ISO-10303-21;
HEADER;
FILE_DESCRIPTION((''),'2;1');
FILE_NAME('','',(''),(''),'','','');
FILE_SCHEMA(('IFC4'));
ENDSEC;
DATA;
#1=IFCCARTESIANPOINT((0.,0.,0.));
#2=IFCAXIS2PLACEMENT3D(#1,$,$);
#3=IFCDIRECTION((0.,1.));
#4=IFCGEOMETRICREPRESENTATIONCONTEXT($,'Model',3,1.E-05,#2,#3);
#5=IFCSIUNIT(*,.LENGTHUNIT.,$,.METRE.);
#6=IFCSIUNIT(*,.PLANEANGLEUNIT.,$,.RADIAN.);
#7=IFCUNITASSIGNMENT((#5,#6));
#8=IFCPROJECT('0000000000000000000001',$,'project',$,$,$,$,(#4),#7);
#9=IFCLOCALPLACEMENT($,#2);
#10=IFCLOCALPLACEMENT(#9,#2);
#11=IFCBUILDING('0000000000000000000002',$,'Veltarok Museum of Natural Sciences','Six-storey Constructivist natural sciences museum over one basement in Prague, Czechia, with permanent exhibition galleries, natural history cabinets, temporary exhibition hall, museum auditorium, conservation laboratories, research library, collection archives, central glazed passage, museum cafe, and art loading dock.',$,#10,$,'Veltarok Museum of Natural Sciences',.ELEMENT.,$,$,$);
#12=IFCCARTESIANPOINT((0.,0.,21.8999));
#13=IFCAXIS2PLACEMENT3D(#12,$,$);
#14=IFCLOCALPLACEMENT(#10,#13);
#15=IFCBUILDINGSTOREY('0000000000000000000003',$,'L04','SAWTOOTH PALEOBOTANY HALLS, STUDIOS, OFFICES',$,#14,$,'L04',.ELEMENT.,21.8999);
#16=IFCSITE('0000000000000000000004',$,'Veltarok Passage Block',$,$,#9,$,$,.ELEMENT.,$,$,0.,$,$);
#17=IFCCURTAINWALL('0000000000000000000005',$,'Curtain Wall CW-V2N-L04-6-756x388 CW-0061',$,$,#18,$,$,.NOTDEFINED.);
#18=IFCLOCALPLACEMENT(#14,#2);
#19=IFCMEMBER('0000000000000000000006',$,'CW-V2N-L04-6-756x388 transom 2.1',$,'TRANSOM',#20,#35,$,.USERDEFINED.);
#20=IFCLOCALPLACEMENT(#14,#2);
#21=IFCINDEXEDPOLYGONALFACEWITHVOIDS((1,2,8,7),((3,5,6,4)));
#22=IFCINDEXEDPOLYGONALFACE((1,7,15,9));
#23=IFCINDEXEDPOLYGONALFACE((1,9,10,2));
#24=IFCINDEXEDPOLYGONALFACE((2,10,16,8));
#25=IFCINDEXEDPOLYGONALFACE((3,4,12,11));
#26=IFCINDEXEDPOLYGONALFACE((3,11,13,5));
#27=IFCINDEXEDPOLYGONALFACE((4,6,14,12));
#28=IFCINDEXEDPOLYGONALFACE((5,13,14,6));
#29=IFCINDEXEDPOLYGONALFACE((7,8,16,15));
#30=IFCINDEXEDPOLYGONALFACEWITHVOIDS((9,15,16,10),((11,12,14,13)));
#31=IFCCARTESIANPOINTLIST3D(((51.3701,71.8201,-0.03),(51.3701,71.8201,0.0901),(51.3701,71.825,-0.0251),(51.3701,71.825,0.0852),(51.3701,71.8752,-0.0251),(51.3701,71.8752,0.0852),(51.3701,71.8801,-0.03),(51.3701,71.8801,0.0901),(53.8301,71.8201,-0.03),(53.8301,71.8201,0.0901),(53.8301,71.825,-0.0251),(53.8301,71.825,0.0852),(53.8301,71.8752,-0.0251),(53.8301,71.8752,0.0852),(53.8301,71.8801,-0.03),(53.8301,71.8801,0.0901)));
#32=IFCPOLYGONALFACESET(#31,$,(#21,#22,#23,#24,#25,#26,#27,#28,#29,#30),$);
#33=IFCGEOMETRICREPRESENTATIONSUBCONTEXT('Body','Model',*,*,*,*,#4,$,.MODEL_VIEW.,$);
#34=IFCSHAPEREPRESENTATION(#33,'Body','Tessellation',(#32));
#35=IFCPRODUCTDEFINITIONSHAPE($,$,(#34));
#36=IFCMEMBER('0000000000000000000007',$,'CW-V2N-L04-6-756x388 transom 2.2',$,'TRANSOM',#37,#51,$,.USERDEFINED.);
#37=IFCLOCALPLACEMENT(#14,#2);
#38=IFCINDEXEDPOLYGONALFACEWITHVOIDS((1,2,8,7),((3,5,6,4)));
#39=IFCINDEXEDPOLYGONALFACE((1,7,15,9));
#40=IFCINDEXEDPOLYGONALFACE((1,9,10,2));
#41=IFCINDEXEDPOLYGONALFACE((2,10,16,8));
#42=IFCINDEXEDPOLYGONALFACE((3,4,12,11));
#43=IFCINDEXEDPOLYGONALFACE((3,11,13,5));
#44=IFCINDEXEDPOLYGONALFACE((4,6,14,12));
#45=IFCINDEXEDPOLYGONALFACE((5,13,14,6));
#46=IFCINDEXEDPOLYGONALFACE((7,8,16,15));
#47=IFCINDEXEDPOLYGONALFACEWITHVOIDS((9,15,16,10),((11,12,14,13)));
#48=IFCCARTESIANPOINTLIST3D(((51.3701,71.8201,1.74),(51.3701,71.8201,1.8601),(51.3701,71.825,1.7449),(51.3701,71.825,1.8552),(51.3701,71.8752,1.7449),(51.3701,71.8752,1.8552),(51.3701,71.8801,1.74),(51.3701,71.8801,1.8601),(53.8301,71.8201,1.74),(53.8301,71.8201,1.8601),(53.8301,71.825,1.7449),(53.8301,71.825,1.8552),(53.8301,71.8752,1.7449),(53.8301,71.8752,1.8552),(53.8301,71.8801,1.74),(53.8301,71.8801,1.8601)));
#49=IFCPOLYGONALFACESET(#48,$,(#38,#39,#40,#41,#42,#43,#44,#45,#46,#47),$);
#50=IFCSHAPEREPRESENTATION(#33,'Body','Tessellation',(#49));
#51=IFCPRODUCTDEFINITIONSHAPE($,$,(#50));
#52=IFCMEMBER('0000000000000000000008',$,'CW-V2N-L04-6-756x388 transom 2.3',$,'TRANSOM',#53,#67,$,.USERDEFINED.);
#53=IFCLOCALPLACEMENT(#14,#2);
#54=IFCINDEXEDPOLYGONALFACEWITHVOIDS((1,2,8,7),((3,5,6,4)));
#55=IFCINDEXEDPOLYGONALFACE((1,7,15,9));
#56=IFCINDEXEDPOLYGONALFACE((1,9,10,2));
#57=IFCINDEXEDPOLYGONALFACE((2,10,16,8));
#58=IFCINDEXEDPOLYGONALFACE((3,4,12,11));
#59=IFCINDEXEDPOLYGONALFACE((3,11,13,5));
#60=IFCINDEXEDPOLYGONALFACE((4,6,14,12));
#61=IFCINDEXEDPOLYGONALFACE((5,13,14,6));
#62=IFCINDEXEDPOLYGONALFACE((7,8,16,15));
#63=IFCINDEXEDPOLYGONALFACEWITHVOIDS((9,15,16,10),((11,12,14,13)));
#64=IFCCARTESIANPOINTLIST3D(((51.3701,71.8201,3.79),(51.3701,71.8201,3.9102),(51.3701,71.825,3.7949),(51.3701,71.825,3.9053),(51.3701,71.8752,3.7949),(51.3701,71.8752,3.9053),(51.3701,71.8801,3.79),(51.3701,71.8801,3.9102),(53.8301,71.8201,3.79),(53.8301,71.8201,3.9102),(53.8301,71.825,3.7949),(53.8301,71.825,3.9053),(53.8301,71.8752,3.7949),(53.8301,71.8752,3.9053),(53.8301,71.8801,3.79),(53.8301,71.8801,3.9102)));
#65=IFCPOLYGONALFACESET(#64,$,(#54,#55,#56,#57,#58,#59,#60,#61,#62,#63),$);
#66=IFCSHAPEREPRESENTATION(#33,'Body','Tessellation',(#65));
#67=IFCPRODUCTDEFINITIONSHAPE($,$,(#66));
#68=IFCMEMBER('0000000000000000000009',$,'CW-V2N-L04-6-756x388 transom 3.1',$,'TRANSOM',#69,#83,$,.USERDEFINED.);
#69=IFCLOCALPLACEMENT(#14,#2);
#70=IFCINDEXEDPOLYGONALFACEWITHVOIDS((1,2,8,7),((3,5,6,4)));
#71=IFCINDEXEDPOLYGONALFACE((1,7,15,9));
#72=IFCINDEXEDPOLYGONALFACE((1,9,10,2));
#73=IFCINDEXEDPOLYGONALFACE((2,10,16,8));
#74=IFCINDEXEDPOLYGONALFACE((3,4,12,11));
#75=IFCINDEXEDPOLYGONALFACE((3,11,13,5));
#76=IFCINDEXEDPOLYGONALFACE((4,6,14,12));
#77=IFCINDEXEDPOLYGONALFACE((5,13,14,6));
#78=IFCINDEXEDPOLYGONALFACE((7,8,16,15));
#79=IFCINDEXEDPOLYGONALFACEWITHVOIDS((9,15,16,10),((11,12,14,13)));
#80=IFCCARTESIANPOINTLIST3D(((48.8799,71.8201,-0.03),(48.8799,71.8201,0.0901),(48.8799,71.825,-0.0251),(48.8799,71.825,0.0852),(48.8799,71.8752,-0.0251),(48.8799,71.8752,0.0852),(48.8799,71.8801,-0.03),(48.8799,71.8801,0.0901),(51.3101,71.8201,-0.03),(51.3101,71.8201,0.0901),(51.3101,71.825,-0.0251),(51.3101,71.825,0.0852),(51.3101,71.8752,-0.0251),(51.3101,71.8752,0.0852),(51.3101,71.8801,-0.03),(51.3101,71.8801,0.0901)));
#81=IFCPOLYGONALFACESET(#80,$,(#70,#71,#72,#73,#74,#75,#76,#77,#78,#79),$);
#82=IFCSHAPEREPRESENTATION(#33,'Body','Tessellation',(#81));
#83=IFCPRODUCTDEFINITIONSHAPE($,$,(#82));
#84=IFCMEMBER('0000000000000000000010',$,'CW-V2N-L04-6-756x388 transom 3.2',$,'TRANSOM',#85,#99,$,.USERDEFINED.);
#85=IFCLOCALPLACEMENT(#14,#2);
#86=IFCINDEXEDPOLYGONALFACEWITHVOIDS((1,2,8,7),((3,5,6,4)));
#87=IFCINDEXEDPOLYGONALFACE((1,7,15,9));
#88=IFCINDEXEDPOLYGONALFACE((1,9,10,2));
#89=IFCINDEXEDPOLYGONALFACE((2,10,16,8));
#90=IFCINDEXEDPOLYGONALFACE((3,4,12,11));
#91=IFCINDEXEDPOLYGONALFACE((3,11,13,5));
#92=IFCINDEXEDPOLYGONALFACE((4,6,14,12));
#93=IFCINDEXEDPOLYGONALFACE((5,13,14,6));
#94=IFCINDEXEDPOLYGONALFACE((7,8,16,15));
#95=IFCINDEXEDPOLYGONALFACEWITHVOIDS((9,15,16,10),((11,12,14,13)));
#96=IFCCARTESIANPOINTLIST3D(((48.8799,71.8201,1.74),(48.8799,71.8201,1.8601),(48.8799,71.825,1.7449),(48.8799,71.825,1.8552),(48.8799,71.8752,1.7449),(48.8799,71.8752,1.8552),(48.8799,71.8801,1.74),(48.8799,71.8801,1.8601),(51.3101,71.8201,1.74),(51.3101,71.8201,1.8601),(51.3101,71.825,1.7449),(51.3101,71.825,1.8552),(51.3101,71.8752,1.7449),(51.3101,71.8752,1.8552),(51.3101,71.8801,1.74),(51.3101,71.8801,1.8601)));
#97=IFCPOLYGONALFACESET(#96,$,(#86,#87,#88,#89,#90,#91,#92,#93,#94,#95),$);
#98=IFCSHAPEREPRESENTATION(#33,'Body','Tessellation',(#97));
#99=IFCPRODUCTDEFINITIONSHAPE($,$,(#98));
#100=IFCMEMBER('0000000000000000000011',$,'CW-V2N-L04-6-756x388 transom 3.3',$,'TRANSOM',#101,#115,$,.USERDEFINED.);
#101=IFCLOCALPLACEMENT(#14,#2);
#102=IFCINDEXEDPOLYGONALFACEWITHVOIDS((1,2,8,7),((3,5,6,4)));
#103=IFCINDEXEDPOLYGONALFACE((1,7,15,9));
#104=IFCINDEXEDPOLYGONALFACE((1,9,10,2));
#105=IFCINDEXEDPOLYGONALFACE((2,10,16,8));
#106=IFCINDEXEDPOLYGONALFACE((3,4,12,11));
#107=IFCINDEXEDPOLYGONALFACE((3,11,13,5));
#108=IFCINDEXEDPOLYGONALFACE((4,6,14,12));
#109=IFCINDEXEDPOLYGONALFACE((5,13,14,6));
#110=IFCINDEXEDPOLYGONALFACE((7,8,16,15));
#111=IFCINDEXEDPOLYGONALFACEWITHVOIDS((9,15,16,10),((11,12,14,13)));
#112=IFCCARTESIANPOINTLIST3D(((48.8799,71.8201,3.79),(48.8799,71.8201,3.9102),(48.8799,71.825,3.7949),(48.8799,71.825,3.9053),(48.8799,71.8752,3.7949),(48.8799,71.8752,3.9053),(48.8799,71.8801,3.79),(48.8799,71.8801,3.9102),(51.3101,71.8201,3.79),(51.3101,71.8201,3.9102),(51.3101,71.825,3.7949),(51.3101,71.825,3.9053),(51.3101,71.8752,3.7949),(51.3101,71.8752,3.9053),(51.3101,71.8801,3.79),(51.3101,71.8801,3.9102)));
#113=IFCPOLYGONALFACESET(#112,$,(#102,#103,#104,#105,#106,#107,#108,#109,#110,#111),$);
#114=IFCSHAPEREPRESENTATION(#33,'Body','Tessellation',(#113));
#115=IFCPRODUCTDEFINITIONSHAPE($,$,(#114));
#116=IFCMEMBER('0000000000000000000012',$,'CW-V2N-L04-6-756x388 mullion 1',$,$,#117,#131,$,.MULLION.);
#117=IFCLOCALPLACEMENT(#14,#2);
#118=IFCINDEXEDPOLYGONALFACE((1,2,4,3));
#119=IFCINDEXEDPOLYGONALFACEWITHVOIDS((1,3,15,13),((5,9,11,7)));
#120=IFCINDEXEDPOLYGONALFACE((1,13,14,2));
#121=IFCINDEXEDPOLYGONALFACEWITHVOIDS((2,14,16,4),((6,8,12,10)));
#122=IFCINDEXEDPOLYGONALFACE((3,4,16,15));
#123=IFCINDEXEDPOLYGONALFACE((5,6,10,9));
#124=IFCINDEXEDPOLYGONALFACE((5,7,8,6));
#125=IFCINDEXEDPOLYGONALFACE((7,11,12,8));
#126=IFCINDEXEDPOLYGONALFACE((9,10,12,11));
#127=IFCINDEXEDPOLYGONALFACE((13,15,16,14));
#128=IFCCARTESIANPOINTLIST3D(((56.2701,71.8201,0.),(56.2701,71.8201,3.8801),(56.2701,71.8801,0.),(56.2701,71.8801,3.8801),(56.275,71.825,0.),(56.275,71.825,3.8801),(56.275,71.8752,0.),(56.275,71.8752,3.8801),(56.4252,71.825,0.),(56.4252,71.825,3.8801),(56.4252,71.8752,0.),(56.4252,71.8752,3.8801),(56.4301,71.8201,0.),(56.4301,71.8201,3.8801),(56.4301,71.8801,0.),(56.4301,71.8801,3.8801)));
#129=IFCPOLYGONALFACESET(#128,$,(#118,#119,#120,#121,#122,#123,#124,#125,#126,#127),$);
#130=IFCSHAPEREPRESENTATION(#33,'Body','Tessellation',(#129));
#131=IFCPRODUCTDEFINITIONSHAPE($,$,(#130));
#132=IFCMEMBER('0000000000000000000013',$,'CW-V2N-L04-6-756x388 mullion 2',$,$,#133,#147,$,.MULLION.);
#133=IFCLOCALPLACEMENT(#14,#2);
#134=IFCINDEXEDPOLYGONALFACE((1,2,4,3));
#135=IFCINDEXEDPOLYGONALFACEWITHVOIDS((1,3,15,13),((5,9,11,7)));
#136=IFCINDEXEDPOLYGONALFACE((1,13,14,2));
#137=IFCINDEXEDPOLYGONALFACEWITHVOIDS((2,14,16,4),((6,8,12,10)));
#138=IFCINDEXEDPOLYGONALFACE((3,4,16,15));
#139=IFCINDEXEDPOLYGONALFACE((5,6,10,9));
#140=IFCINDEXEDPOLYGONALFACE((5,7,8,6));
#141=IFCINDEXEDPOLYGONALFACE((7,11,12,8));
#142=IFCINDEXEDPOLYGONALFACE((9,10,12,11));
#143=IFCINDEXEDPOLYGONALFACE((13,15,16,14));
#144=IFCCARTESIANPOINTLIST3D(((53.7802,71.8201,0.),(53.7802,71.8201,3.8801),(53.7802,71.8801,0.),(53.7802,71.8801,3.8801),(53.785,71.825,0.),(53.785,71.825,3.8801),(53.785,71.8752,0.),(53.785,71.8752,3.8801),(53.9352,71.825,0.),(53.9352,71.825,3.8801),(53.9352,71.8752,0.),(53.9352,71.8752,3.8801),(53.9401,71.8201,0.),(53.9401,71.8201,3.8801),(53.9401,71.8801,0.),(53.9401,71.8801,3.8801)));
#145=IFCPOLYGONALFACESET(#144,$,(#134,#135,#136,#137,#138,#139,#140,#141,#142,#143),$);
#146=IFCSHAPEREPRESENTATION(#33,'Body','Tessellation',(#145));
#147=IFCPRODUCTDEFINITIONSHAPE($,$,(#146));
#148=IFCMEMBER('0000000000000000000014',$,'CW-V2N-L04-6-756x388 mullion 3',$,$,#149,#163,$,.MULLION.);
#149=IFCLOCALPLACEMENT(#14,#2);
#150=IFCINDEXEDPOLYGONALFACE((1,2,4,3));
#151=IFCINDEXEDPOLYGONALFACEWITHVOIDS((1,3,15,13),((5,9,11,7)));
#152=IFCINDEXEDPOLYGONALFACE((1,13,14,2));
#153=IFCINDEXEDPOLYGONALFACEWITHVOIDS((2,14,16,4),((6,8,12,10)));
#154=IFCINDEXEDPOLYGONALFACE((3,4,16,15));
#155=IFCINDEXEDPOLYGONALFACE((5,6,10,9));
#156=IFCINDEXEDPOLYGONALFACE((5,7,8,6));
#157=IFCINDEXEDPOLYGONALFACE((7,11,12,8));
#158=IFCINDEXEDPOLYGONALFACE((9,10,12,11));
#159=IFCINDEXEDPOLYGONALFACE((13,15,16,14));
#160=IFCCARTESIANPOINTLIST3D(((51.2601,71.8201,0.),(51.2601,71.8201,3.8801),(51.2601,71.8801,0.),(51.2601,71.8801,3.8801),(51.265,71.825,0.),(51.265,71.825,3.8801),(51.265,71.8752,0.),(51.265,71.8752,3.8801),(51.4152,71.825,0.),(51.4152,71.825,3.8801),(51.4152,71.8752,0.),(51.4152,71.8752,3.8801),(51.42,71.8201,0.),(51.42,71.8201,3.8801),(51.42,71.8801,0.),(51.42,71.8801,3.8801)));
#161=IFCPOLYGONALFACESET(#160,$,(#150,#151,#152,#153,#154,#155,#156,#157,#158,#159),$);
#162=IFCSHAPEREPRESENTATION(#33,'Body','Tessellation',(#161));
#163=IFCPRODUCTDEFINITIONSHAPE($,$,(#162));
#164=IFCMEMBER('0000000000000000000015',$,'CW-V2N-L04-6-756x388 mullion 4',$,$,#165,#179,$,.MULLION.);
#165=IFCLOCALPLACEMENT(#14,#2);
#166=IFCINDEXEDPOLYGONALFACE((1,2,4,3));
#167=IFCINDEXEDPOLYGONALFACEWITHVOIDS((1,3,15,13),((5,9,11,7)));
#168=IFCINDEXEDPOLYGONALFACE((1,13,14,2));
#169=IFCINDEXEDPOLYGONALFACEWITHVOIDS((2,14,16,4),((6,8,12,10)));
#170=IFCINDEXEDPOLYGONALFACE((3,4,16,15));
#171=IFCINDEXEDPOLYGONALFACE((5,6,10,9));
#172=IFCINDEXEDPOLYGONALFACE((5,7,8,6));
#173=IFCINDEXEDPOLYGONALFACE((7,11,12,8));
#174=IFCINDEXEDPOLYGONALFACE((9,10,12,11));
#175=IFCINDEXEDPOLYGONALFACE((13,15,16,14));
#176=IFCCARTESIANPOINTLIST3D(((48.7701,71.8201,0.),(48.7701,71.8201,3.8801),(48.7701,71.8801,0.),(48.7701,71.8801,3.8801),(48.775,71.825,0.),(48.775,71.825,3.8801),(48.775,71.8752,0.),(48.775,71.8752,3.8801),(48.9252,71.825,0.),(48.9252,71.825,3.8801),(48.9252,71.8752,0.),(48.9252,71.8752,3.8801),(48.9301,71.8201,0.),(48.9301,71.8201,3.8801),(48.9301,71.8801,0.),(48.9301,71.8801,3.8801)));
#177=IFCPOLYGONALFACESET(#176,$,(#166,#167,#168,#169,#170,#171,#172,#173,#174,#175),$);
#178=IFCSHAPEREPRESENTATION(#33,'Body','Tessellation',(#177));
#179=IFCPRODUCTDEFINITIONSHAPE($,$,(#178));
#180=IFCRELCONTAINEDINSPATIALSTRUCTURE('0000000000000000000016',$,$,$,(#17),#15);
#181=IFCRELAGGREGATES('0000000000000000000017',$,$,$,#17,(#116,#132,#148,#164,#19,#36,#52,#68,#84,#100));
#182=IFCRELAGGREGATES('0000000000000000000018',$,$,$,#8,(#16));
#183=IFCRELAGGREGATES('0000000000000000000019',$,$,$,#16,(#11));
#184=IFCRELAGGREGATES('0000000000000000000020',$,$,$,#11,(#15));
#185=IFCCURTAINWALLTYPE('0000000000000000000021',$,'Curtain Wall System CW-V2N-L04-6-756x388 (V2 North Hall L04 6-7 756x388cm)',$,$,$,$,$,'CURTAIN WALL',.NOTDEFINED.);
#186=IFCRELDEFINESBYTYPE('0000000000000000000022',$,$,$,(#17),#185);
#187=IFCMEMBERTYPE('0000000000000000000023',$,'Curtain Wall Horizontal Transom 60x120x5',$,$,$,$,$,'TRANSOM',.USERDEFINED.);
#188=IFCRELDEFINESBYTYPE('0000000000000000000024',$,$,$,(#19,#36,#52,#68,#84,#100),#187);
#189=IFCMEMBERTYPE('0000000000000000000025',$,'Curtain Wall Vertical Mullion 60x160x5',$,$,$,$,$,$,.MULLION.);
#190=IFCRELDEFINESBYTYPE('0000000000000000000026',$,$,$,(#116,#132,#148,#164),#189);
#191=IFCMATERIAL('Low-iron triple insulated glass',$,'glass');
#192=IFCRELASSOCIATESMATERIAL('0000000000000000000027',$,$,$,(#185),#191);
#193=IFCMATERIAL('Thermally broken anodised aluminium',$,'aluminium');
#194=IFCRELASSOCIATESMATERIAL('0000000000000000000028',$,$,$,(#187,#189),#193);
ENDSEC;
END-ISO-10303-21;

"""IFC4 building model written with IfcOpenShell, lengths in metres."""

from ifc_helpers import new_model, si_unit, direction, frame, origin, origin_2d, place, context, subcontext, project, spatial, hollow_rectangle, extrude, material, material_profile, profile_set, type_object, element, aggregate, save


model = new_model("IFC4")

# Units and contexts
model_context = context("Model", 3, precision=1e-05, world=origin(), true_north=direction((0.0, 1.0)))
body_context = subcontext(model_context, "Body", "Model", "MODEL_VIEW")
ifc_project = project(units=[si_unit("LENGTHUNIT", "METRE"), si_unit("PLANEANGLEUNIT", "RADIAN")], contexts=[model_context])

# Site, building, storey
site_placement = place(None, origin())
site = spatial("IfcSite", under=ifc_project, at=site_placement, Name="Veltarok Passage Block", CompositionType="ELEMENT", RefElevation=0.0)
building_placement = place(site_placement, origin())
building = spatial("IfcBuilding", under=site, at=building_placement, Name="Veltarok Museum of Natural Sciences", Description="Six-storey Constructivist natural sciences museum over one basement in Prague, Czechia, with permanent exhibition galleries, natural history cabinets, temporary exhibition hall, museum auditorium, conservation laboratories, research library, collection archives, central glazed passage, museum cafe, and art loading dock.", LongName="Veltarok Museum of Natural Sciences", CompositionType="ELEMENT")
storey_placement = place(building_placement, frame((0.0, 0.0, 21.8999)))
storey = spatial("IfcBuildingStorey", under=building, at=storey_placement, Name="L04", Description="SAWTOOTH PALEOBOTANY HALLS, STUDIOS, OFFICES", LongName="L04", CompositionType="ELEMENT", Elevation=21.8999)

# Curtain wall, members
ifc_material_1 = material(Name="Low-iron triple insulated glass", Category="glass")
curtain_wall_type = type_object("IfcCurtainWallType", Name="Curtain Wall System CW-V2N-L04-6-756x388 (V2 North Hall L04 6-7 756x388cm)", ElementType="CURTAIN WALL", PredefinedType="NOTDEFINED", material=ifc_material_1)
curtain_wall_placement = place(storey_placement, origin())
curtain_wall = element("IfcCurtainWall", 1, at=curtain_wall_placement, inside=storey, type_object=curtain_wall_type, Name="Curtain Wall CW-V2N-L04-6-756x388 CW-0061", PredefinedType="NOTDEFINED")
ifc_material_2 = material(Name="Thermally broken anodised aluminium", Category="aluminium")
ifc_material_profile_1 = material_profile(ifc_material_2, hollow_rectangle(XDim=0.0601, YDim=0.1201, WallThickness=0.0049, at=origin_2d()), Name="CW TRANSOM 60x120x5")
ifc_profile_set_1 = profile_set([ifc_material_profile_1], Name="Thermally broken anodised aluminium")
member_type_1 = type_object("IfcMemberType", Name="Curtain Wall Horizontal Transom 60x120x5", ElementType="TRANSOM", PredefinedType="USERDEFINED", material=ifc_profile_set_1)
member_1_placement = place(storey_placement, frame((53.8301, 71.8501, 0.03), z_axis=(-1.0, 0.0, 0.0), x_axis=(0.0, -1.0, 0.0)))
member_1 = element("IfcMember", 2, at=member_1_placement, type_object=member_type_1, Name="CW-V2N-L04-6-756x388 transom 2.1", ObjectType="TRANSOM", PredefinedType="USERDEFINED", context=body_context, shape_type="SweptSolid", body=[
    extrude(hollow_rectangle(XDim=0.0601, YDim=0.1201, WallThickness=0.0049, at=origin_2d()), origin(), (0.0, 0.0, 1.0), 2.46),
])
member_2_placement = place(storey_placement, frame((53.8301, 71.8501, 1.8), z_axis=(-1.0, 0.0, 0.0), x_axis=(0.0, -1.0, 0.0)))
member_2 = element("IfcMember", 3, at=member_2_placement, type_object=member_type_1, Name="CW-V2N-L04-6-756x388 transom 2.2", ObjectType="TRANSOM", PredefinedType="USERDEFINED", context=body_context, shape_type="SweptSolid", body=[
    extrude(hollow_rectangle(XDim=0.0601, YDim=0.1201, WallThickness=0.0049, at=origin_2d()), origin(), (0.0, 0.0, 1.0), 2.46),
])
member_3_placement = place(storey_placement, frame((53.8301, 71.8501, 3.8501), z_axis=(-1.0, 0.0, 0.0), x_axis=(0.0, -1.0, 0.0)))
member_3 = element("IfcMember", 4, at=member_3_placement, type_object=member_type_1, Name="CW-V2N-L04-6-756x388 transom 2.3", ObjectType="TRANSOM", PredefinedType="USERDEFINED", context=body_context, shape_type="SweptSolid", body=[
    extrude(hollow_rectangle(XDim=0.0601, YDim=0.1201, WallThickness=0.0049, at=origin_2d()), origin(), (0.0, 0.0, 1.0), 2.46),
])
member_4_placement = place(storey_placement, frame((51.3101, 71.8501, 0.03), z_axis=(-1.0, 0.0, 0.0), x_axis=(0.0, -1.0, 0.0)))
member_4 = element("IfcMember", 5, at=member_4_placement, type_object=member_type_1, Name="CW-V2N-L04-6-756x388 transom 3.1", ObjectType="TRANSOM", PredefinedType="USERDEFINED", context=body_context, shape_type="SweptSolid", body=[
    extrude(hollow_rectangle(XDim=0.0601, YDim=0.1201, WallThickness=0.0049, at=origin_2d()), origin(), (0.0, 0.0, 1.0), 2.4302),
])
member_5_placement = place(storey_placement, frame((51.3101, 71.8501, 1.8), z_axis=(-1.0, 0.0, 0.0), x_axis=(0.0, -1.0, 0.0)))
member_5 = element("IfcMember", 6, at=member_5_placement, type_object=member_type_1, Name="CW-V2N-L04-6-756x388 transom 3.2", ObjectType="TRANSOM", PredefinedType="USERDEFINED", context=body_context, shape_type="SweptSolid", body=[
    extrude(hollow_rectangle(XDim=0.0601, YDim=0.1201, WallThickness=0.0049, at=origin_2d()), origin(), (0.0, 0.0, 1.0), 2.4302),
])
member_6_placement = place(storey_placement, frame((51.3101, 71.8501, 3.8501), z_axis=(-1.0, 0.0, 0.0), x_axis=(0.0, -1.0, 0.0)))
member_6 = element("IfcMember", 7, at=member_6_placement, type_object=member_type_1, Name="CW-V2N-L04-6-756x388 transom 3.3", ObjectType="TRANSOM", PredefinedType="USERDEFINED", context=body_context, shape_type="SweptSolid", body=[
    extrude(hollow_rectangle(XDim=0.0601, YDim=0.1201, WallThickness=0.0049, at=origin_2d()), origin(), (0.0, 0.0, 1.0), 2.4302),
])
ifc_material_profile_2 = material_profile(ifc_material_2, hollow_rectangle(XDim=0.0601, YDim=0.1599, WallThickness=0.0049, at=origin_2d()), Name="CW MULLION 60x160x5")
ifc_profile_set_2 = profile_set([ifc_material_profile_2], Name="Thermally broken anodised aluminium")
member_type_2 = type_object("IfcMemberType", Name="Curtain Wall Vertical Mullion 60x160x5", PredefinedType="MULLION", material=ifc_profile_set_2)
member_7_placement = place(storey_placement, frame((56.3501, 71.8501, 0.0), z_axis=(0.0, 0.0, 1.0), x_axis=(0.0, -1.0, 0.0)))
member_7 = element("IfcMember", 8, at=member_7_placement, type_object=member_type_2, Name="CW-V2N-L04-6-756x388 mullion 1", PredefinedType="MULLION", context=body_context, shape_type="SweptSolid", body=[
    extrude(hollow_rectangle(XDim=0.0601, YDim=0.1599, WallThickness=0.0049, at=origin_2d()), origin(), (0.0, 0.0, 1.0), 3.8801),
])
member_8_placement = place(storey_placement, frame((53.8601, 71.8501, 0.0), z_axis=(0.0, 0.0, 1.0), x_axis=(0.0, -1.0, 0.0)))
member_8 = element("IfcMember", 9, at=member_8_placement, type_object=member_type_2, Name="CW-V2N-L04-6-756x388 mullion 2", PredefinedType="MULLION", context=body_context, shape_type="SweptSolid", body=[
    extrude(hollow_rectangle(XDim=0.0601, YDim=0.1599, WallThickness=0.0049, at=origin_2d()), origin(), (0.0, 0.0, 1.0), 3.8801),
])
member_9_placement = place(storey_placement, frame((51.3401, 71.8501, 0.0), z_axis=(0.0, 0.0, 1.0), x_axis=(0.0, -1.0, 0.0)))
member_9 = element("IfcMember", 10, at=member_9_placement, type_object=member_type_2, Name="CW-V2N-L04-6-756x388 mullion 3", PredefinedType="MULLION", context=body_context, shape_type="SweptSolid", body=[
    extrude(hollow_rectangle(XDim=0.0601, YDim=0.1599, WallThickness=0.0049, at=origin_2d()), origin(), (0.0, 0.0, 1.0), 3.8801),
])
member_10_placement = place(storey_placement, frame((48.8501, 71.8501, 0.0), z_axis=(0.0, 0.0, 1.0), x_axis=(0.0, -1.0, 0.0)))
member_10 = element("IfcMember", 11, at=member_10_placement, type_object=member_type_2, Name="CW-V2N-L04-6-756x388 mullion 4", PredefinedType="MULLION", context=body_context, shape_type="SweptSolid", body=[
    extrude(hollow_rectangle(XDim=0.0601, YDim=0.1599, WallThickness=0.0049, at=origin_2d()), origin(), (0.0, 0.0, 1.0), 3.8801),
])

aggregate(curtain_wall, [member_7, member_8, member_9, member_10, member_1, member_2, member_3, member_4, member_5, member_6])

save(model, "model.ifc")
